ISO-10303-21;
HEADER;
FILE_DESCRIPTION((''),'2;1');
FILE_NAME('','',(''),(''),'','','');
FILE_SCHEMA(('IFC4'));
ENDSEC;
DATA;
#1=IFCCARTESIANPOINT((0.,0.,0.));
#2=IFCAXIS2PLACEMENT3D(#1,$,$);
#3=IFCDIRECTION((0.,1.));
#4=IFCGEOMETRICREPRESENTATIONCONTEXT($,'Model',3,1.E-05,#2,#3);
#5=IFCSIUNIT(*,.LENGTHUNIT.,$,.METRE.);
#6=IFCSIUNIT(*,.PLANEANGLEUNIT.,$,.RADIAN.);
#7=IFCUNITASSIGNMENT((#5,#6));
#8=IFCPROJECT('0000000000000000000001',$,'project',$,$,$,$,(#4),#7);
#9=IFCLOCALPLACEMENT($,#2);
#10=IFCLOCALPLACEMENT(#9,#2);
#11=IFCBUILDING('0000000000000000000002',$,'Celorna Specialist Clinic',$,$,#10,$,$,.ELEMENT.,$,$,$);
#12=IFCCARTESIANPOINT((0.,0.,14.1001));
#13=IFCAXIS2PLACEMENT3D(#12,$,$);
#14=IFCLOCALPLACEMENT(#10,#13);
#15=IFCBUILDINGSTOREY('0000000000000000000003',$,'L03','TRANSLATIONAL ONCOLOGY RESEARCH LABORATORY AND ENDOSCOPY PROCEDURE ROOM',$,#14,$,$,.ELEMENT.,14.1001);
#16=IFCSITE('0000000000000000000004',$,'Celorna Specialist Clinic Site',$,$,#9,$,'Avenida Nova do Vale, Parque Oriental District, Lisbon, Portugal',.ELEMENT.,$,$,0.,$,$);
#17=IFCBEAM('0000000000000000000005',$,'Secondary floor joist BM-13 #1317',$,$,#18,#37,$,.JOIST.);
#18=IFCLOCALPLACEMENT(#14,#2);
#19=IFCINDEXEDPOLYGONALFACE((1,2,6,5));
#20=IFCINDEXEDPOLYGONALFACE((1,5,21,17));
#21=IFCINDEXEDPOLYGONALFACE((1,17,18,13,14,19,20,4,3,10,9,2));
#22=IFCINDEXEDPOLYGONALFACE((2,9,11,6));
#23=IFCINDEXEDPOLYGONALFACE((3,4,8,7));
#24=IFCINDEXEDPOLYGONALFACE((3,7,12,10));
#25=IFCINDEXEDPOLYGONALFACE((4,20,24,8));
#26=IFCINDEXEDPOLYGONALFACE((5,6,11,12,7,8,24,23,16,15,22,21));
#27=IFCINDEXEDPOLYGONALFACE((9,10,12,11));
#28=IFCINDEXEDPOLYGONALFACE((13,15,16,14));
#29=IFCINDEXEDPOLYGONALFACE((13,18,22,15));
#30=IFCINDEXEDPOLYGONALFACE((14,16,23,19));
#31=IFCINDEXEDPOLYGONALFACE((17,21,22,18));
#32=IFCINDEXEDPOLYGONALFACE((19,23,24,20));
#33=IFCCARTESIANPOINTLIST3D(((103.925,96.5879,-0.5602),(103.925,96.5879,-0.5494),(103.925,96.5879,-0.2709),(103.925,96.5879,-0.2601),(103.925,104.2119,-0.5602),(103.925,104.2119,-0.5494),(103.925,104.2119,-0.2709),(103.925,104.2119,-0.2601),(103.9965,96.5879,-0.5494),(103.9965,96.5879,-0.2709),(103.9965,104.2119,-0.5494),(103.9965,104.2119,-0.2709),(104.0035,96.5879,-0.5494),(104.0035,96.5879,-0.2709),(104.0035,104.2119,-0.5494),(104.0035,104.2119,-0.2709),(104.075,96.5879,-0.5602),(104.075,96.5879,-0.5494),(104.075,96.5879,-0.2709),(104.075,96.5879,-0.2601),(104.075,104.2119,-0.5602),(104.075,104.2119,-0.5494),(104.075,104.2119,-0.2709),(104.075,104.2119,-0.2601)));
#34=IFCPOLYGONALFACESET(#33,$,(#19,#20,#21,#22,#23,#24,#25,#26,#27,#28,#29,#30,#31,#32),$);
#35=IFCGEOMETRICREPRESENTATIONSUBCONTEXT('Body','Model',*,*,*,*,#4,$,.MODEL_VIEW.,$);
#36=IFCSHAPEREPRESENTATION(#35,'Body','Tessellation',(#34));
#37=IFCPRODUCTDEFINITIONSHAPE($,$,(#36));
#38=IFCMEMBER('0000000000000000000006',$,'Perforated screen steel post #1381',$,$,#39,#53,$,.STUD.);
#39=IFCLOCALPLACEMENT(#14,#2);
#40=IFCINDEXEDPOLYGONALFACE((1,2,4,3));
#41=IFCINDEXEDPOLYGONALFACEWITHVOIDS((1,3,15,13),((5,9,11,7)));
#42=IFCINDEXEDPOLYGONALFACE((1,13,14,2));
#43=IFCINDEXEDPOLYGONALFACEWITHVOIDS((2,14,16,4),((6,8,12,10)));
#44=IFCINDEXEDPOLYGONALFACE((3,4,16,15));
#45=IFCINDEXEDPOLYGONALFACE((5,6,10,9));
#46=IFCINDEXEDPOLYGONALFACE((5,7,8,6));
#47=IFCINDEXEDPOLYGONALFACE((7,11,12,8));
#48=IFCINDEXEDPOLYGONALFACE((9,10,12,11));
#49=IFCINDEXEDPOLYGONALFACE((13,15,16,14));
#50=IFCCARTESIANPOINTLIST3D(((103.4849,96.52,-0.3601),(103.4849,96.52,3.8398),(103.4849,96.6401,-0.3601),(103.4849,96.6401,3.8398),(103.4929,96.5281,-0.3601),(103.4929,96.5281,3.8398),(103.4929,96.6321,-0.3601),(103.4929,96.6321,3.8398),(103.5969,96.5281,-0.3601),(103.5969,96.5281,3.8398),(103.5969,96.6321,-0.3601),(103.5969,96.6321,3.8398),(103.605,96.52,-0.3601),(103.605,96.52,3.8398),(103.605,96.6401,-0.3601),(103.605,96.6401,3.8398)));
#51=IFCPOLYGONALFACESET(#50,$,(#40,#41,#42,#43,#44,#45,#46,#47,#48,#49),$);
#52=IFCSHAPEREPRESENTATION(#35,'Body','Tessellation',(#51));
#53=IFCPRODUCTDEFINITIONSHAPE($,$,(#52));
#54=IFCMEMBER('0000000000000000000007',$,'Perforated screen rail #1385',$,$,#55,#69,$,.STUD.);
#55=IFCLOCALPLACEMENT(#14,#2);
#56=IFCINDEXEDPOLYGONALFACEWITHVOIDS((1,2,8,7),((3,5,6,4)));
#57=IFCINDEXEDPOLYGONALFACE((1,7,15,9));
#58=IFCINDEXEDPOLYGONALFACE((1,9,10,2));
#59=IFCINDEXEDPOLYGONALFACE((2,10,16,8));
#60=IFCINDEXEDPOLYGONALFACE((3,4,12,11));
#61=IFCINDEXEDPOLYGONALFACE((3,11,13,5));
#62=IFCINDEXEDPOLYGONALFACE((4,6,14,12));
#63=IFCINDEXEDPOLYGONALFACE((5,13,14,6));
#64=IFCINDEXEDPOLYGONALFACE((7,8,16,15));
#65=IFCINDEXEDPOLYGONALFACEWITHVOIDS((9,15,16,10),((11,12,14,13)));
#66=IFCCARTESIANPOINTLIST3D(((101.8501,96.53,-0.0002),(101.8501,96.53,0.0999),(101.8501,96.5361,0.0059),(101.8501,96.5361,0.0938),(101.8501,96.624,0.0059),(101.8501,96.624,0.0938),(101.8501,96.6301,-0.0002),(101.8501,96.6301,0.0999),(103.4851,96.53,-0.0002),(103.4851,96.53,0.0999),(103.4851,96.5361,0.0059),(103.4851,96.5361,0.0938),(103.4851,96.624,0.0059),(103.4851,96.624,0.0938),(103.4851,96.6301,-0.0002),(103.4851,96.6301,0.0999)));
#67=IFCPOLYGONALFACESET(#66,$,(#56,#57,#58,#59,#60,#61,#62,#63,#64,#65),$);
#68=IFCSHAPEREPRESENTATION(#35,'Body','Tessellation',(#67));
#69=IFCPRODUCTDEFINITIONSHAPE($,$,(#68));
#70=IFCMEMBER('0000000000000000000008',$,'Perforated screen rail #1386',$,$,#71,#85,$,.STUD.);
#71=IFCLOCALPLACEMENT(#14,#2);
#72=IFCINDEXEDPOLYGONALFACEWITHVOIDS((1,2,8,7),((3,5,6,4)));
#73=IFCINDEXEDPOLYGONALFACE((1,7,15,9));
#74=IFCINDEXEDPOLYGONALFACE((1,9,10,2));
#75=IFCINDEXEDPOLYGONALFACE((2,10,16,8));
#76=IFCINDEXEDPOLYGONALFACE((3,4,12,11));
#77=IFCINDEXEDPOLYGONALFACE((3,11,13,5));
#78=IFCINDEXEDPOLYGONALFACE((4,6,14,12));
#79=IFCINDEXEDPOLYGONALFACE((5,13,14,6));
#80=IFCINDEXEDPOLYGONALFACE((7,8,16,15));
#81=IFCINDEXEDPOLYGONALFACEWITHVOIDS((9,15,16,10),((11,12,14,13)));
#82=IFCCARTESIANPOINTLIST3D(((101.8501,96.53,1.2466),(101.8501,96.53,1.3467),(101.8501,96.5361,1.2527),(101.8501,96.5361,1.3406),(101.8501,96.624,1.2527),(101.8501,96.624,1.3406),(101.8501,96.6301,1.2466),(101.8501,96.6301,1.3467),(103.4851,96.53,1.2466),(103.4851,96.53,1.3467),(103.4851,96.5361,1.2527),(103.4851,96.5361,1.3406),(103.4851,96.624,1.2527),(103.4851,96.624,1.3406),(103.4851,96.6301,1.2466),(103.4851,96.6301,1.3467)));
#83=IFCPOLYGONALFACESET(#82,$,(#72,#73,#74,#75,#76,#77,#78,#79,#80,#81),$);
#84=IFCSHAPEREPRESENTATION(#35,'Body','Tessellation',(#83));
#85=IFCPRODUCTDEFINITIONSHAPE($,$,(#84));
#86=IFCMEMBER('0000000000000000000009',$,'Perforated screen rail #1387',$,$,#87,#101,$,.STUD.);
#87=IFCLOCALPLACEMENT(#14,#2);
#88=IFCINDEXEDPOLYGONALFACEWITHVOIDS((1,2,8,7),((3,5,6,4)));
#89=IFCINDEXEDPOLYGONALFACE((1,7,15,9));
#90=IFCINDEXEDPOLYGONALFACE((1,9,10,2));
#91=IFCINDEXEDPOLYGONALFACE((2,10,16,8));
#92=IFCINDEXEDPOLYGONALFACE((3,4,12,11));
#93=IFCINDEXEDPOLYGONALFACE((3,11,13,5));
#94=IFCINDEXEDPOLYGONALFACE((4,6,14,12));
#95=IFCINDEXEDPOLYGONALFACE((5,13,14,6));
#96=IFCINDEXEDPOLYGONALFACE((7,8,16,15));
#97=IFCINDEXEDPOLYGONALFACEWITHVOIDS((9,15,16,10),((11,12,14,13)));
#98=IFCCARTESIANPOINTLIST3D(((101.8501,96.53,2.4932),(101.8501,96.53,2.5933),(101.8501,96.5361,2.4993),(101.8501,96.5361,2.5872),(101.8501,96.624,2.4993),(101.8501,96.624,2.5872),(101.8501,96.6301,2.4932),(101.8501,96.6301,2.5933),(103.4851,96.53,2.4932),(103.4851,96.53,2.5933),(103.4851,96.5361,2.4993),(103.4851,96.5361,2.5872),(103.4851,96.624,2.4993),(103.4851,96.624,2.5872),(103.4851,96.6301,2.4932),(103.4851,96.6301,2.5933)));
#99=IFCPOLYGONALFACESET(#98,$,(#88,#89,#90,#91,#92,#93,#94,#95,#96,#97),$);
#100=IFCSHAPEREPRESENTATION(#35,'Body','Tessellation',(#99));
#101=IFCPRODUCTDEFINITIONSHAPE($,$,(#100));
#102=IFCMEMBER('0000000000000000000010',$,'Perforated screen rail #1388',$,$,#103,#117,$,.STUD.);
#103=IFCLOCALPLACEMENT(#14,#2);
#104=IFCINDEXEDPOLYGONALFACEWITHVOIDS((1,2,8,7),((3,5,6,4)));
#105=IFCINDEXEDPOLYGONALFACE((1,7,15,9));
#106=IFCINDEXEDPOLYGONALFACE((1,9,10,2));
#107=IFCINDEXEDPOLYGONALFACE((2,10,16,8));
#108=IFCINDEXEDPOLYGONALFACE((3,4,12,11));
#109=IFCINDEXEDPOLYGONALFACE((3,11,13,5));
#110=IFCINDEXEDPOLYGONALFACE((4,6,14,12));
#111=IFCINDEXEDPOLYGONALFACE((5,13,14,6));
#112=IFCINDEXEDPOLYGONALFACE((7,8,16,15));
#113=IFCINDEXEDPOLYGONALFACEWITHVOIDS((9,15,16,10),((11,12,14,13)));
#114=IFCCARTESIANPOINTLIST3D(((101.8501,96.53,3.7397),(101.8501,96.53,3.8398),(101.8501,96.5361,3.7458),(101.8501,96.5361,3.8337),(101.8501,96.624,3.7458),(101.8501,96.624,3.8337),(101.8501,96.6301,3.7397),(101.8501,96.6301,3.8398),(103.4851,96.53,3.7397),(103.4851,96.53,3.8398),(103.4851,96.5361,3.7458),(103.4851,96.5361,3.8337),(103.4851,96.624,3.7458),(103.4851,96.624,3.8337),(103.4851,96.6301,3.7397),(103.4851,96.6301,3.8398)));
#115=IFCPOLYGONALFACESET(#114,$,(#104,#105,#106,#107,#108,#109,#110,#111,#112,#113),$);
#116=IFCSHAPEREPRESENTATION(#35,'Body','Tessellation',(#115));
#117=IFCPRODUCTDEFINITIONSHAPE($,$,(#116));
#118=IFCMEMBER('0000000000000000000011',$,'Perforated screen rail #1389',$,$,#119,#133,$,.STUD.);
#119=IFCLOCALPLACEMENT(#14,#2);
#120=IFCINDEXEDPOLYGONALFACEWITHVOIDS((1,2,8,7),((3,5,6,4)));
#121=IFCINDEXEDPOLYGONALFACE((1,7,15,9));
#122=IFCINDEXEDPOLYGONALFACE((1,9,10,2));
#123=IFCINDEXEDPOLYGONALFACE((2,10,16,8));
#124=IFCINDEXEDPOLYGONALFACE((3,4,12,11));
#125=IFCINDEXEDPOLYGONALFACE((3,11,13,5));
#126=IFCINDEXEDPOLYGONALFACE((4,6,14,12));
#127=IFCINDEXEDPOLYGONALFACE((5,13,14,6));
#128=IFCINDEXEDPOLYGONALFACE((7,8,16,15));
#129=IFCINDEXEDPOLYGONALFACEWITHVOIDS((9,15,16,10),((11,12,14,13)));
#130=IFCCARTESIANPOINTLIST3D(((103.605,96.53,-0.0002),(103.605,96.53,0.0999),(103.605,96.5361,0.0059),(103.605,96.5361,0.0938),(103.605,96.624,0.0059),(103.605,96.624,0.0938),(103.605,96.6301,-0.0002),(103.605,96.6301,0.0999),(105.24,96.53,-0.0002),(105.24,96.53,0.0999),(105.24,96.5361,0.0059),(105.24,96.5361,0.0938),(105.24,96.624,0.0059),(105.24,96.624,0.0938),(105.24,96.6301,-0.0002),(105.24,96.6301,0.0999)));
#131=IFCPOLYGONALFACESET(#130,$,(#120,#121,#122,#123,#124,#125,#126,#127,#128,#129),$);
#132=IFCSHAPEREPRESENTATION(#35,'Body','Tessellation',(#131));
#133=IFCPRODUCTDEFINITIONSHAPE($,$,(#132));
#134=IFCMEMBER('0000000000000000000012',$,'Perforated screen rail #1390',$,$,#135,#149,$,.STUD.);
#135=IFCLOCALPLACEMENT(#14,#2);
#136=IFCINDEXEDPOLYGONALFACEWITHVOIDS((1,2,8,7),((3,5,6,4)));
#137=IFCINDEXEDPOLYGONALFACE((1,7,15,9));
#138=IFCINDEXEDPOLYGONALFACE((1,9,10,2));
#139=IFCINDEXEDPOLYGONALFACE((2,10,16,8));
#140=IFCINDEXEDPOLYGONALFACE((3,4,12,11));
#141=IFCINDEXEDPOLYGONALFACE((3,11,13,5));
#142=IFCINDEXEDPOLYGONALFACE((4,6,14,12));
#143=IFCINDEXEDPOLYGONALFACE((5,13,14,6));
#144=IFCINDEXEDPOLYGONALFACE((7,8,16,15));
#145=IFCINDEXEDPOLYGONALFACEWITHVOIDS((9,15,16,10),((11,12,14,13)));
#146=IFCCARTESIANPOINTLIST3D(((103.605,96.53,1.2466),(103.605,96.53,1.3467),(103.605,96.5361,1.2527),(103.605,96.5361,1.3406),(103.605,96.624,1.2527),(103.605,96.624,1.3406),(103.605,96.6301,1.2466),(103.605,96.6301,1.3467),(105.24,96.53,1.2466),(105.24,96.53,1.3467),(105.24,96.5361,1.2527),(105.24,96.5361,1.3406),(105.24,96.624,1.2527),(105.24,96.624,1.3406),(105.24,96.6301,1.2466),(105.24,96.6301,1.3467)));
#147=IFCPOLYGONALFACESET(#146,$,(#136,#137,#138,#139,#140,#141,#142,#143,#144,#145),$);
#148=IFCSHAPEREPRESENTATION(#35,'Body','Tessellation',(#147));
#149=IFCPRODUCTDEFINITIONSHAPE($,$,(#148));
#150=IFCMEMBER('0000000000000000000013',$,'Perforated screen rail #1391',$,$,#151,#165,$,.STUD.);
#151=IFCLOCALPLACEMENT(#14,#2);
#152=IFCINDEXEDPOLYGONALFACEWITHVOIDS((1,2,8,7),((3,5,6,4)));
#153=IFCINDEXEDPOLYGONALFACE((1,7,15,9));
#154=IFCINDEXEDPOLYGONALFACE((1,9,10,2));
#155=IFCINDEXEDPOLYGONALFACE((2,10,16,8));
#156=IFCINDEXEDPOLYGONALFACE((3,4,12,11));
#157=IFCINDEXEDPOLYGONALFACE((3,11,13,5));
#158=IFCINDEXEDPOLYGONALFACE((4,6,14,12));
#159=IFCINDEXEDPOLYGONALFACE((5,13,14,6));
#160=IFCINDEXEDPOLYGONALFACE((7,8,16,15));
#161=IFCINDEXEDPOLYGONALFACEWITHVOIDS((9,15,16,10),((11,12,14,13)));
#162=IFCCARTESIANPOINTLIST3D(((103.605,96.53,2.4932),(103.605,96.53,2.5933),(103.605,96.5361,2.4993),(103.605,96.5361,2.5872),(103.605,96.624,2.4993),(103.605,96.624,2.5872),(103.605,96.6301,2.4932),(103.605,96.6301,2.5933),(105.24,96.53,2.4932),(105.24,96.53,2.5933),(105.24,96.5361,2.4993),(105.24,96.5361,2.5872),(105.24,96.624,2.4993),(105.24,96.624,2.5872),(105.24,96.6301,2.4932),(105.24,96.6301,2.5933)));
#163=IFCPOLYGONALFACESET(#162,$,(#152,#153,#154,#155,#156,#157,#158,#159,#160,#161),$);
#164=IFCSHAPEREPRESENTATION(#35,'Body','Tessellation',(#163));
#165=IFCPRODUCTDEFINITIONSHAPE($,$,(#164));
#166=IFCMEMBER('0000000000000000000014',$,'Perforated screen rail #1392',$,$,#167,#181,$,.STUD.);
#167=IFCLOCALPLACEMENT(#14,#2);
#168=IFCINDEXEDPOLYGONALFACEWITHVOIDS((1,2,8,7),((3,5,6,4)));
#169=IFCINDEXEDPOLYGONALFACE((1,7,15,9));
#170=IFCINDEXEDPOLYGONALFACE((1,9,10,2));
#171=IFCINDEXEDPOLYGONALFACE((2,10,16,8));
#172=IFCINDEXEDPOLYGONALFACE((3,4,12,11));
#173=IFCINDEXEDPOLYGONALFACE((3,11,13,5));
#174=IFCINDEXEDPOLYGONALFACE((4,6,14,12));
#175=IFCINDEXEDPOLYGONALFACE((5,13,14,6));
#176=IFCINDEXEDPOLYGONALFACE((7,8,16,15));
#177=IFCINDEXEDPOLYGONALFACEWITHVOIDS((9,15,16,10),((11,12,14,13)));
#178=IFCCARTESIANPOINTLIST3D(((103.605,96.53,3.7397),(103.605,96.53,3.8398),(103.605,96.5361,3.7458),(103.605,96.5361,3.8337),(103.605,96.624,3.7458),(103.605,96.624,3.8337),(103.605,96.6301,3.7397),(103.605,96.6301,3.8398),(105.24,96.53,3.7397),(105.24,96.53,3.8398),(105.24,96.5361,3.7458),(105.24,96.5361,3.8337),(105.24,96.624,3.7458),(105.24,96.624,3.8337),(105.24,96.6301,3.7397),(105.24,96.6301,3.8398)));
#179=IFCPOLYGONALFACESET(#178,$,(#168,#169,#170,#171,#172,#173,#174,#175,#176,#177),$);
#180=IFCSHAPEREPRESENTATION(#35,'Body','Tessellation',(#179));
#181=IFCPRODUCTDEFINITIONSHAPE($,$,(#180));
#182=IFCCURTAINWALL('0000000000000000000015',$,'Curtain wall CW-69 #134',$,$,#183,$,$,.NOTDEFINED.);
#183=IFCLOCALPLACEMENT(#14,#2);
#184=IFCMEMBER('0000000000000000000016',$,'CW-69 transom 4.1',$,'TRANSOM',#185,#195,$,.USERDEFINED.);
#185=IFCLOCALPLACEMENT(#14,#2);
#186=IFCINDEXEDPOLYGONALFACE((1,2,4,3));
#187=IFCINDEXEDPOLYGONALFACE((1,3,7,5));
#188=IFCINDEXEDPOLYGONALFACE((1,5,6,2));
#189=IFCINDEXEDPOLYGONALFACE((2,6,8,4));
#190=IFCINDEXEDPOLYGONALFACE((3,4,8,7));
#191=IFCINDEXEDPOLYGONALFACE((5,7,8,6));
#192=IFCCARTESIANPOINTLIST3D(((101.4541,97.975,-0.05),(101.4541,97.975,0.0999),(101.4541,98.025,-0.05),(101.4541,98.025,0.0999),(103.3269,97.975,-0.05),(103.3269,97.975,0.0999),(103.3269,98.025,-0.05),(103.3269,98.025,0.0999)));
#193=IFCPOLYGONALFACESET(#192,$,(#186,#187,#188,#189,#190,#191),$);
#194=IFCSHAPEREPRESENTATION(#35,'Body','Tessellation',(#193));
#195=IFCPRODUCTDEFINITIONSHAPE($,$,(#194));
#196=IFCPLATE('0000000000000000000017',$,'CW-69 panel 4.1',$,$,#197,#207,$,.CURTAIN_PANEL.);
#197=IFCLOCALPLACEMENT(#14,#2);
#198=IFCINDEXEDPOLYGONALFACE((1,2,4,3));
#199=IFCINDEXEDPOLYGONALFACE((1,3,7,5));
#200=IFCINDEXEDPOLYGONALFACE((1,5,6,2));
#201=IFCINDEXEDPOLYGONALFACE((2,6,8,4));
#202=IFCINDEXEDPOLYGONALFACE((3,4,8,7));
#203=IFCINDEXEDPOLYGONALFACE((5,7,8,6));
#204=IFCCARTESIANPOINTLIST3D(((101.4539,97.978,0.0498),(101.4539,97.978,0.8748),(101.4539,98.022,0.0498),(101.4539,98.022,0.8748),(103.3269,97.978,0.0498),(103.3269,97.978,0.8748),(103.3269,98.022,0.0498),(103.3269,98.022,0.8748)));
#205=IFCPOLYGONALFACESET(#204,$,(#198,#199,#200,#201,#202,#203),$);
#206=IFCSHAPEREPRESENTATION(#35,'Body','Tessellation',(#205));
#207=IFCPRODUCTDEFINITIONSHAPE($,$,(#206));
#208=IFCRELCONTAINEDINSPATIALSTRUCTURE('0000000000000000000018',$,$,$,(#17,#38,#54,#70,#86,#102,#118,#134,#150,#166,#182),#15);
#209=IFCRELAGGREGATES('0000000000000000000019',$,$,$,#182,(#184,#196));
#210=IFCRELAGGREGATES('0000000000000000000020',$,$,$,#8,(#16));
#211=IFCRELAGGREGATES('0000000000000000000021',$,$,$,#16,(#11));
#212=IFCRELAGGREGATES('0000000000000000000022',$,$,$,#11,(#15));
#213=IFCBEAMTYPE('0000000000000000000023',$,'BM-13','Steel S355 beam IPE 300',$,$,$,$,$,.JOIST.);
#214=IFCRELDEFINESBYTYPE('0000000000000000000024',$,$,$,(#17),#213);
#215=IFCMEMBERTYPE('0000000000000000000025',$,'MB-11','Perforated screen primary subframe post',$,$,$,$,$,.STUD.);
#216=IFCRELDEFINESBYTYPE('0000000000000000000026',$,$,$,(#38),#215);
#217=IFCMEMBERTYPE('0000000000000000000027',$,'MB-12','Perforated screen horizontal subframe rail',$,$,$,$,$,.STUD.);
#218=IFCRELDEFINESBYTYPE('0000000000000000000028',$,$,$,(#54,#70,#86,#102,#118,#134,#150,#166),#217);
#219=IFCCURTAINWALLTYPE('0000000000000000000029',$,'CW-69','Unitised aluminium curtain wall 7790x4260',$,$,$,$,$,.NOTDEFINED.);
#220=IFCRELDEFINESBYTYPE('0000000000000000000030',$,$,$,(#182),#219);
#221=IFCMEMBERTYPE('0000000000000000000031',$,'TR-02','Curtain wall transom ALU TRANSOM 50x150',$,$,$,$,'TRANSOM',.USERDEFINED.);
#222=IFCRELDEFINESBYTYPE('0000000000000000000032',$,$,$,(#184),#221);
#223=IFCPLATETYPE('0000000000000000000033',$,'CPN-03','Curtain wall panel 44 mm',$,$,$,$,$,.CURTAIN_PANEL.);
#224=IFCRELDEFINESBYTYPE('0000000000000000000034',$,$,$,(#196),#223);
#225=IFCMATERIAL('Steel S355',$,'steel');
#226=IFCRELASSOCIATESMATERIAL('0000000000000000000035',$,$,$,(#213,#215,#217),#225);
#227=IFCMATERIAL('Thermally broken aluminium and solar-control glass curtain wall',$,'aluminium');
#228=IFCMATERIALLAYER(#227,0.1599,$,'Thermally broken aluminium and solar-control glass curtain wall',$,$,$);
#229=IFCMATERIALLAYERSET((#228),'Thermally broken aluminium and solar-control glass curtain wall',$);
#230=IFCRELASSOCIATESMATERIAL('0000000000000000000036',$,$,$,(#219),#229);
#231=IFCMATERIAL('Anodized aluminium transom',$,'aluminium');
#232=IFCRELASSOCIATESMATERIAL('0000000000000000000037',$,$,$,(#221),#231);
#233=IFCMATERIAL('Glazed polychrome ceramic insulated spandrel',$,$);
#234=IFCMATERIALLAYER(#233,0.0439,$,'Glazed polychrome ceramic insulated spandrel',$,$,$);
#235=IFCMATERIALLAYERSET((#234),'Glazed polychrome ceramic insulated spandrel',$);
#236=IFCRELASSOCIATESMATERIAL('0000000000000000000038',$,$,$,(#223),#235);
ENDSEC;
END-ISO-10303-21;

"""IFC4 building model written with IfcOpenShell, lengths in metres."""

from ifc_helpers import new_model, si_unit, direction, frame, origin, origin_2d, place, context, subcontext, project, spatial, rectangle, hollow_rectangle, i_section, extrude, material, layer, layer_set, material_profile, profile_set, type_object, element, aggregate, save


model = new_model("IFC4")

# Units and contexts
model_context = context("Model", 3, precision=1e-05, world=origin(), true_north=direction((0.0, 1.0)))
body_context = subcontext(model_context, "Body", "Model", "MODEL_VIEW")
ifc_project = project(units=[si_unit("LENGTHUNIT", "METRE"), si_unit("PLANEANGLEUNIT", "RADIAN")], contexts=[model_context])

# Site, building, storey
site_placement = place(None, origin())
site = spatial("IfcSite", under=ifc_project, at=site_placement, Name="Celorna Specialist Clinic Site", LongName="Avenida Nova do Vale, Parque Oriental District, Lisbon, Portugal", CompositionType="ELEMENT", RefElevation=0.0)
building_placement = place(site_placement, origin())
building = spatial("IfcBuilding", under=site, at=building_placement, Name="Celorna Specialist Clinic", CompositionType="ELEMENT")
storey_placement = place(building_placement, frame((0.0, 0.0, 14.1001)))
storey = spatial("IfcBuildingStorey", under=building, at=storey_placement, Name="L03", Description="TRANSLATIONAL ONCOLOGY RESEARCH LABORATORY AND ENDOSCOPY PROCEDURE ROOM", CompositionType="ELEMENT", Elevation=14.1001)

# Beam
ifc_material_1 = material(Name="Steel S355", Category="steel")
ifc_material_profile_1 = material_profile(ifc_material_1, i_section(OverallWidth=0.1499, OverallDepth=0.3, WebThickness=0.0071, FlangeThickness=0.0107, at=origin_2d()), Name="IPE 300")
ifc_profile_set_1 = profile_set([ifc_material_profile_1], Name="Steel S355")
beam_type = type_object("IfcBeamType", Name="BM-13", Description="Steel S355 beam IPE 300", PredefinedType="JOIST", material=ifc_profile_set_1)
beam_placement = place(storey_placement, frame((104.0, 96.5879, -0.4102), z_axis=(0.0, 1.0, 0.0), x_axis=(-1.0, 0.0, 0.0)))
element("IfcBeam", 1, at=beam_placement, inside=storey, type_object=beam_type, Name="Secondary floor joist BM-13 #1317", PredefinedType="JOIST", context=body_context, shape_type="SweptSolid", body=[
    extrude(i_section(OverallWidth=0.1499, OverallDepth=0.3, WebThickness=0.0071, FlangeThickness=0.0107, at=origin_2d()), origin(), (0.0, 0.0, 1.0), 7.624),
])

# Members
ifc_material_profile_2 = material_profile(ifc_material_1, hollow_rectangle(XDim=0.1201, YDim=0.1201, WallThickness=0.0081, at=origin_2d()), Name="SHS 120x120x8")
ifc_profile_set_2 = profile_set([ifc_material_profile_2], Name="Steel S355")
member_type_1 = type_object("IfcMemberType", Name="MB-11", Description="Perforated screen primary subframe post", PredefinedType="STUD", material=ifc_profile_set_2)
member_1_placement = place(storey_placement, frame((103.5449, 96.5801, -0.3601), z_axis=(0.0, 0.0, 1.0), x_axis=(1.0, 0.0, 0.0)))
element("IfcMember", 2, at=member_1_placement, inside=storey, type_object=member_type_1, Name="Perforated screen steel post #1381", PredefinedType="STUD", context=body_context, shape_type="SweptSolid", body=[
    extrude(hollow_rectangle(XDim=0.1201, YDim=0.1201, WallThickness=0.0081, at=origin_2d()), origin(), (0.0, 0.0, 1.0), 4.2),
])
ifc_material_profile_3 = material_profile(ifc_material_1, hollow_rectangle(XDim=0.1001, YDim=0.1001, WallThickness=0.0061, at=origin_2d()), Name="SHS 100x100x6")
ifc_profile_set_3 = profile_set([ifc_material_profile_3], Name="Steel S355")
member_type_2 = type_object("IfcMemberType", Name="MB-12", Description="Perforated screen horizontal subframe rail", PredefinedType="STUD", material=ifc_profile_set_3)
for number, where, z_axis, x_axis, name in (
    (3, (101.8501, 96.5801, 0.0498), (1.0, 0.0, 0.0), (0.0, 1.0, 0.0), "Perforated screen rail #1385"),
    (4, (101.8501, 96.5801, 1.2966), (1.0, 0.0, 0.0), (0.0, 1.0, 0.0), "Perforated screen rail #1386"),
    (5, (101.8501, 96.5801, 2.5432), (1.0, 0.0, 0.0), (0.0, 1.0, 0.0), "Perforated screen rail #1387"),
    (6, (101.8501, 96.5801, 3.7898), (1.0, 0.0, 0.0), (0.0, 1.0, 0.0), "Perforated screen rail #1388"),
    (7, (103.605, 96.5801, 0.0498), (1.0, 0.0, 0.0), (0.0, 1.0, 0.0), "Perforated screen rail #1389"),
    (8, (103.605, 96.5801, 1.2966), (1.0, 0.0, 0.0), (0.0, 1.0, 0.0), "Perforated screen rail #1390"),
    (9, (103.605, 96.5801, 2.5432), (1.0, 0.0, 0.0), (0.0, 1.0, 0.0), "Perforated screen rail #1391"),
    (10, (103.605, 96.5801, 3.7898), (1.0, 0.0, 0.0), (0.0, 1.0, 0.0), "Perforated screen rail #1392"),
):
    element("IfcMember", number, at=place(storey_placement, frame(where, z_axis=z_axis, x_axis=x_axis)), inside=storey, type_object=member_type_2, Name=name, PredefinedType="STUD", context=body_context, shape_type="SweptSolid", body=[
        extrude(hollow_rectangle(XDim=0.1001, YDim=0.1001, WallThickness=0.0061, at=origin_2d()), origin(), (0.0, 0.0, 1.0), 1.635),
    ])

# Curtain wall, member, plate
ifc_material_2 = material(Name="Thermally broken aluminium and solar-control glass curtain wall", Category="aluminium")
ifc_layer_1 = layer(ifc_material_2, 0.1599, Name="Thermally broken aluminium and solar-control glass curtain wall")
ifc_layer_set_1 = layer_set([ifc_layer_1], Name="Thermally broken aluminium and solar-control glass curtain wall")
curtain_wall_type = type_object("IfcCurtainWallType", Name="CW-69", Description="Unitised aluminium curtain wall 7790x4260", PredefinedType="NOTDEFINED", material=ifc_layer_set_1)
curtain_wall_placement = place(storey_placement, origin())
curtain_wall = element("IfcCurtainWall", 11, at=curtain_wall_placement, inside=storey, type_object=curtain_wall_type, Name="Curtain wall CW-69 #134", PredefinedType="NOTDEFINED")
ifc_material_3 = material(Name="Anodized aluminium transom", Category="aluminium")
ifc_material_profile_4 = material_profile(ifc_material_3, rectangle(XDim=0.05, YDim=0.1499, at=origin_2d()), Name="ALU TRANSOM 50x150")
ifc_profile_set_4 = profile_set([ifc_material_profile_4], Name="Anodized aluminium transom")
member_type_3 = type_object("IfcMemberType", Name="TR-02", Description="Curtain wall transom ALU TRANSOM 50x150", ElementType="TRANSOM", PredefinedType="USERDEFINED", material=ifc_profile_set_4)
member_2_placement = place(storey_placement, frame((103.3269, 98.0, 0.0249), z_axis=(-1.0, 0.0, 0.0), x_axis=(0.0, -1.0, 0.0)))
member_2 = element("IfcMember", 12, at=member_2_placement, type_object=member_type_3, Name="CW-69 transom 4.1", ObjectType="TRANSOM", PredefinedType="USERDEFINED", context=body_context, shape_type="SweptSolid", body=[
    extrude(rectangle(XDim=0.05, YDim=0.1499, at=origin_2d()), origin(), (0.0, 0.0, 1.0), 1.8728),
])
ifc_material_4 = material(Name="Glazed polychrome ceramic insulated spandrel")
ifc_layer_2 = layer(ifc_material_4, 0.0439, Name="Glazed polychrome ceramic insulated spandrel")
ifc_layer_set_2 = layer_set([ifc_layer_2], Name="Glazed polychrome ceramic insulated spandrel")
plate_type_1 = type_object("IfcPlateType", Name="CPN-03", Description="Curtain wall panel 44 mm", PredefinedType="CURTAIN_PANEL", material=ifc_layer_set_2)
plate_1_placement = place(storey_placement, frame((102.3904, 98.0, 0.0498), z_axis=(0.0, 0.0, 1.0), x_axis=(-1.0, 0.0, 0.0)))
plate_1 = element("IfcPlate", 13, at=plate_1_placement, type_object=plate_type_1, Name="CW-69 panel 4.1", PredefinedType="CURTAIN_PANEL", context=body_context, shape_type="SweptSolid", body=[
    extrude(rectangle(XDim=1.873, YDim=0.0439, at=origin_2d()), origin(), (0.0, 0.0, 1.0), 0.825),
])
aggregate(curtain_wall, [member_2, plate_1])

save(model, "model.ifc")
